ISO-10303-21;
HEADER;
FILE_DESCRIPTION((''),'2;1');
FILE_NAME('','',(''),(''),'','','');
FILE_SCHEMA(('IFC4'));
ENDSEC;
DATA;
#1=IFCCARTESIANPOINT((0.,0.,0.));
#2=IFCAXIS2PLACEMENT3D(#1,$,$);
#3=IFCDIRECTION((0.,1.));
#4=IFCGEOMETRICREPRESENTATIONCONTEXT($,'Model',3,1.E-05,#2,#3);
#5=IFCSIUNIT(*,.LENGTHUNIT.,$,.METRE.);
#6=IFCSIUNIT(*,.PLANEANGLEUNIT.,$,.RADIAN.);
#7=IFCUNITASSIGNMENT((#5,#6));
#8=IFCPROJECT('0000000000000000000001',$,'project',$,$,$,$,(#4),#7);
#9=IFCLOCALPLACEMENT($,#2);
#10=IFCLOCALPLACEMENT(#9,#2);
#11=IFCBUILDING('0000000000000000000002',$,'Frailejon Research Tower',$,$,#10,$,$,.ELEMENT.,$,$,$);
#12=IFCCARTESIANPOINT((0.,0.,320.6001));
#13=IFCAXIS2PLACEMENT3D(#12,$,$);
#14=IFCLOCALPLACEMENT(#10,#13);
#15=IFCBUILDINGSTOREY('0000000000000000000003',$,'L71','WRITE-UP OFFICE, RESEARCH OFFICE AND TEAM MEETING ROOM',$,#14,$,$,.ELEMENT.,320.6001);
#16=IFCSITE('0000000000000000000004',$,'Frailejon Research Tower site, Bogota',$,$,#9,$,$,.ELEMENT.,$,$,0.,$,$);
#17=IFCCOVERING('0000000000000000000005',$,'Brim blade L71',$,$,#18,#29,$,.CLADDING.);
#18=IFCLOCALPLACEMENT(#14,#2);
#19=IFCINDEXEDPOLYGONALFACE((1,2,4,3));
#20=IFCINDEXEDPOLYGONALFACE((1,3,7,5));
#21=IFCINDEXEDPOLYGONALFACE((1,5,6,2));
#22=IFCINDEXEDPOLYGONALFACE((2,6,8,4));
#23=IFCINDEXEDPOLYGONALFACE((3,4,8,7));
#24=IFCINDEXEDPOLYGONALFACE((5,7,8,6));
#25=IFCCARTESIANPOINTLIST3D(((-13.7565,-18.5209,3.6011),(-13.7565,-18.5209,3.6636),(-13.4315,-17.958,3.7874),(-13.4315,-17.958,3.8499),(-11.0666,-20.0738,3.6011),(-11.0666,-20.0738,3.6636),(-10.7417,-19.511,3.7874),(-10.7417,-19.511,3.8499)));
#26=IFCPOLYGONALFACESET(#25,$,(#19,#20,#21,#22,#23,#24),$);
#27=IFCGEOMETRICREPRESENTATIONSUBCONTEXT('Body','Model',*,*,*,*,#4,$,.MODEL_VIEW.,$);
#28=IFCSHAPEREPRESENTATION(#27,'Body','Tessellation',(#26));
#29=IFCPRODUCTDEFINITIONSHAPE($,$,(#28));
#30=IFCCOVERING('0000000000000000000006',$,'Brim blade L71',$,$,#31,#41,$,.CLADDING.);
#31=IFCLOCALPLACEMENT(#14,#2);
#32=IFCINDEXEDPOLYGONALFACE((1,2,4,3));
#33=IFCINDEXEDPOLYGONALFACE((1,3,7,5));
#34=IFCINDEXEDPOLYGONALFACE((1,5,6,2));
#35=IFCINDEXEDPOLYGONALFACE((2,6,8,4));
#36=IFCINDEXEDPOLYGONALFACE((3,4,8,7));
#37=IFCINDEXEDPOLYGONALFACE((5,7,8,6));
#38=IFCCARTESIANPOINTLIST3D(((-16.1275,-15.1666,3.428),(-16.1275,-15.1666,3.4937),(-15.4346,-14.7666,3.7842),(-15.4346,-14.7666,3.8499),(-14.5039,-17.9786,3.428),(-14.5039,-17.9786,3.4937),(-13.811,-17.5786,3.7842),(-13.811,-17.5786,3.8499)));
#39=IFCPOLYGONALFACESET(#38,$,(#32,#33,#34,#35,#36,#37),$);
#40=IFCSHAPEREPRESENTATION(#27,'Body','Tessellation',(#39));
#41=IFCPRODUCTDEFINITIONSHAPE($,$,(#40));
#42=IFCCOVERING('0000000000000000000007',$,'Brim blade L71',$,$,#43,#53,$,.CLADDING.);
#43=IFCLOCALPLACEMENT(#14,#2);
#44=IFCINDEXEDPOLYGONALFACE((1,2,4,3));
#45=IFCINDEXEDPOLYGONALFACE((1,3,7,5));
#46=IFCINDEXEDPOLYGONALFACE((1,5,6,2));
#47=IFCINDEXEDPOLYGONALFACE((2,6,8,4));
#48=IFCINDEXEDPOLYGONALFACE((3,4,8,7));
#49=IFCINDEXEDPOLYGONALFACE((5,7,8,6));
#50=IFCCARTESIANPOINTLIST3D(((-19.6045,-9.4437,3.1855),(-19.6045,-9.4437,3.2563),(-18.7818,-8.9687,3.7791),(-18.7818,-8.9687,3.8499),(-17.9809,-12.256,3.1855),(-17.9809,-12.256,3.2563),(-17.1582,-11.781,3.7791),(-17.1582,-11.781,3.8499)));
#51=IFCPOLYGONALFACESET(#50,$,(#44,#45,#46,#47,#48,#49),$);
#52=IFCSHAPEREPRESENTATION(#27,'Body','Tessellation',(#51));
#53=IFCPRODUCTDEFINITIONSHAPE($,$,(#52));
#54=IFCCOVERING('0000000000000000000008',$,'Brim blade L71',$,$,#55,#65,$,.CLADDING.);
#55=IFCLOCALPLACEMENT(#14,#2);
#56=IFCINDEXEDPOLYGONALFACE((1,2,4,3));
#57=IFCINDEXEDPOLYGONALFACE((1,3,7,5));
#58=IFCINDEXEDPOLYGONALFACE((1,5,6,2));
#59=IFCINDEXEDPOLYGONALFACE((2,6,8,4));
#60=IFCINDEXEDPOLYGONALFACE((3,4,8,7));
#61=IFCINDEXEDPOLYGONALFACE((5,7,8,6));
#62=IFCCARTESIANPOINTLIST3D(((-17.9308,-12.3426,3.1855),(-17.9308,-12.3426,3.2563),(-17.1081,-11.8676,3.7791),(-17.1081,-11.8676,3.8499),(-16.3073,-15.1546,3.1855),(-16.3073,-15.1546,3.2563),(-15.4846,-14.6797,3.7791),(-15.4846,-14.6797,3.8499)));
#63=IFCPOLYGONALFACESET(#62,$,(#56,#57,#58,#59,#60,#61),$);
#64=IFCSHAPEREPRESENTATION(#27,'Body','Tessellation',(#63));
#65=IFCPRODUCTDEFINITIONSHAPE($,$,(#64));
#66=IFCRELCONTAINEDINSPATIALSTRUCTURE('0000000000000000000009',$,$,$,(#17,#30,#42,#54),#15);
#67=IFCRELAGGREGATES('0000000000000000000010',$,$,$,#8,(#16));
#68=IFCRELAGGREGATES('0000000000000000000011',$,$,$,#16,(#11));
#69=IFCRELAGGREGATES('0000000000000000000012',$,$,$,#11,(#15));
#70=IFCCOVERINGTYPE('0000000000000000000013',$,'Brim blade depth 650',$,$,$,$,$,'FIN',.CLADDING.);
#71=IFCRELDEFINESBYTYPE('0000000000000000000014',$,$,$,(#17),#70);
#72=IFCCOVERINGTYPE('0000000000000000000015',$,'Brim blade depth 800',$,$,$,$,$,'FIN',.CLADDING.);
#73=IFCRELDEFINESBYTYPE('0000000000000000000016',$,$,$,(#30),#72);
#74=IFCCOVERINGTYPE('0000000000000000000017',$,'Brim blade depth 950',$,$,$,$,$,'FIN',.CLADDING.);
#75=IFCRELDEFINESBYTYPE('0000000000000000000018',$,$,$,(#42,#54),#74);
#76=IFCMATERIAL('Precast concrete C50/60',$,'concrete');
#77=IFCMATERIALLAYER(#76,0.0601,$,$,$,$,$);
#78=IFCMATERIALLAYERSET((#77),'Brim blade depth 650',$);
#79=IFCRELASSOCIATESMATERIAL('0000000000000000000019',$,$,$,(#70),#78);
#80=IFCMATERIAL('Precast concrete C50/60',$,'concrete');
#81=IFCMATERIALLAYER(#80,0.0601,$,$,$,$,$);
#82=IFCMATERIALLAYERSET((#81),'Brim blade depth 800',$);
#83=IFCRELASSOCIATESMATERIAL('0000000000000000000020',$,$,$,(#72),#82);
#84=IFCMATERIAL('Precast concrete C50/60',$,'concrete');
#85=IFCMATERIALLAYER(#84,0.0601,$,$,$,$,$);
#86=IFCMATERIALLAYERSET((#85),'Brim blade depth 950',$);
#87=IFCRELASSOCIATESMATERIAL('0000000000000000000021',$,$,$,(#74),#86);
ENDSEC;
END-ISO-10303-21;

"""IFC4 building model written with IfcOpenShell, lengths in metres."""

from ifc_helpers import new_model, si_unit, direction, frame, origin, place, context, subcontext, project, spatial, polyline, outline, extrude, material, layer, layer_set, type_object, element, save


model = new_model("IFC4")

# Units and contexts
model_context = context("Model", 3, precision=1e-05, world=origin(), true_north=direction((0.0, 1.0)))
body_context = subcontext(model_context, "Body", "Model", "MODEL_VIEW")
ifc_project = project(units=[si_unit("LENGTHUNIT", "METRE"), si_unit("PLANEANGLEUNIT", "RADIAN")], contexts=[model_context])

# Site, building, storey
site_placement = place(None, origin())
site = spatial("IfcSite", under=ifc_project, at=site_placement, Name="Frailejon Research Tower site, Bogota", CompositionType="ELEMENT", RefElevation=0.0)
building_placement = place(site_placement, origin())
building = spatial("IfcBuilding", under=site, at=building_placement, Name="Frailejon Research Tower", CompositionType="ELEMENT")
storey_placement = place(building_placement, frame((0.0, 0.0, 320.6001)))
storey = spatial("IfcBuildingStorey", under=building, at=storey_placement, Name="L71", Description="WRITE-UP OFFICE, RESEARCH OFFICE AND TEAM MEETING ROOM", CompositionType="ELEMENT", Elevation=320.6001)

# Coverings
ifc_material_1 = material(Name="Precast concrete C50/60", Category="concrete")
ifc_layer_1 = layer(ifc_material_1, 0.0601)
ifc_layer_set_1 = layer_set([ifc_layer_1], Name="Brim blade depth 650")
covering_type_1 = type_object("IfcCoveringType", Name="Brim blade depth 650", ElementType="FIN", PredefinedType="CLADDING", material=ifc_layer_set_1)
covering_1_placement = place(storey_placement, frame((-10.7417, -19.511, 3.8499), z_axis=(-0.866027, 0.499997, 0.0), x_axis=(-0.499997, -0.866027, 0.0)))
element("IfcCovering", 1, at=covering_1_placement, inside=storey, type_object=covering_type_1, Name="Brim blade L71", PredefinedType="CLADDING", context=body_context, shape_type="SweptSolid", body=[
    extrude(outline(polyline([(0.0, -0.0625), (0.6499, -0.2488), (0.6499, -0.1863), (0.0, 0.0), (0.0, -0.0625)])), origin(), (0.0, 0.0, 1.0), 3.106),
])
ifc_material_2 = material(Name="Precast concrete C50/60", Category="concrete")
ifc_layer_2 = layer(ifc_material_2, 0.0601)
ifc_layer_set_2 = layer_set([ifc_layer_2], Name="Brim blade depth 800")
covering_type_2 = type_object("IfcCoveringType", Name="Brim blade depth 800", ElementType="FIN", PredefinedType="CLADDING", material=ifc_layer_set_2)
covering_2_placement = place(storey_placement, frame((-13.811, -17.5786, 3.8499), z_axis=(-0.500008, 0.866021, 0.0), x_axis=(-0.866021, -0.500008, 0.0)))
element("IfcCovering", 2, at=covering_2_placement, inside=storey, type_object=covering_type_2, Name="Brim blade L71", PredefinedType="CLADDING", context=body_context, shape_type="SweptSolid", body=[
    extrude(outline(polyline([(0.0, -0.0657), (0.8, -0.4219), (0.8, -0.3562), (0.0, 0.0), (0.0, -0.0657)])), origin(), (0.0, 0.0, 1.0), 3.2471),
])
ifc_material_3 = material(Name="Precast concrete C50/60", Category="concrete")
ifc_layer_3 = layer(ifc_material_3, 0.0601)
ifc_layer_set_3 = layer_set([ifc_layer_3], Name="Brim blade depth 950")
covering_type_3 = type_object("IfcCoveringType", Name="Brim blade depth 950", ElementType="FIN", PredefinedType="CLADDING", material=ifc_layer_set_3)
covering_3_placement = place(storey_placement, frame((-17.1582, -11.781, 3.8499), z_axis=(-0.499995, 0.866028, 0.0), x_axis=(-0.866028, -0.499995, 0.0)))
element("IfcCovering", 3, at=covering_3_placement, inside=storey, type_object=covering_type_3, Name="Brim blade L71", PredefinedType="CLADDING", context=body_context, shape_type="SweptSolid", body=[
    extrude(outline(polyline([(0.0, -0.0708), (0.95, -0.6643), (0.95, -0.5935), (0.0, 0.0), (0.0, -0.0708)])), origin(), (0.0, 0.0, 1.0), 3.2473),
])
covering_4_placement = place(storey_placement, frame((-15.4846, -14.6797, 3.8499), z_axis=(-0.499985, 0.866034, 0.0), x_axis=(-0.866034, -0.499985, 0.0)))
element("IfcCovering", 4, at=covering_4_placement, inside=storey, type_object=covering_type_3, Name="Brim blade L71", PredefinedType="CLADDING", context=body_context, shape_type="SweptSolid", body=[
    extrude(outline(polyline([(0.0, -0.0708), (0.95, -0.6643), (0.95, -0.5935), (0.0, 0.0), (0.0, -0.0708)])), origin(), (0.0, 0.0, 1.0), 3.2471),
])

save(model, "model.ifc")
